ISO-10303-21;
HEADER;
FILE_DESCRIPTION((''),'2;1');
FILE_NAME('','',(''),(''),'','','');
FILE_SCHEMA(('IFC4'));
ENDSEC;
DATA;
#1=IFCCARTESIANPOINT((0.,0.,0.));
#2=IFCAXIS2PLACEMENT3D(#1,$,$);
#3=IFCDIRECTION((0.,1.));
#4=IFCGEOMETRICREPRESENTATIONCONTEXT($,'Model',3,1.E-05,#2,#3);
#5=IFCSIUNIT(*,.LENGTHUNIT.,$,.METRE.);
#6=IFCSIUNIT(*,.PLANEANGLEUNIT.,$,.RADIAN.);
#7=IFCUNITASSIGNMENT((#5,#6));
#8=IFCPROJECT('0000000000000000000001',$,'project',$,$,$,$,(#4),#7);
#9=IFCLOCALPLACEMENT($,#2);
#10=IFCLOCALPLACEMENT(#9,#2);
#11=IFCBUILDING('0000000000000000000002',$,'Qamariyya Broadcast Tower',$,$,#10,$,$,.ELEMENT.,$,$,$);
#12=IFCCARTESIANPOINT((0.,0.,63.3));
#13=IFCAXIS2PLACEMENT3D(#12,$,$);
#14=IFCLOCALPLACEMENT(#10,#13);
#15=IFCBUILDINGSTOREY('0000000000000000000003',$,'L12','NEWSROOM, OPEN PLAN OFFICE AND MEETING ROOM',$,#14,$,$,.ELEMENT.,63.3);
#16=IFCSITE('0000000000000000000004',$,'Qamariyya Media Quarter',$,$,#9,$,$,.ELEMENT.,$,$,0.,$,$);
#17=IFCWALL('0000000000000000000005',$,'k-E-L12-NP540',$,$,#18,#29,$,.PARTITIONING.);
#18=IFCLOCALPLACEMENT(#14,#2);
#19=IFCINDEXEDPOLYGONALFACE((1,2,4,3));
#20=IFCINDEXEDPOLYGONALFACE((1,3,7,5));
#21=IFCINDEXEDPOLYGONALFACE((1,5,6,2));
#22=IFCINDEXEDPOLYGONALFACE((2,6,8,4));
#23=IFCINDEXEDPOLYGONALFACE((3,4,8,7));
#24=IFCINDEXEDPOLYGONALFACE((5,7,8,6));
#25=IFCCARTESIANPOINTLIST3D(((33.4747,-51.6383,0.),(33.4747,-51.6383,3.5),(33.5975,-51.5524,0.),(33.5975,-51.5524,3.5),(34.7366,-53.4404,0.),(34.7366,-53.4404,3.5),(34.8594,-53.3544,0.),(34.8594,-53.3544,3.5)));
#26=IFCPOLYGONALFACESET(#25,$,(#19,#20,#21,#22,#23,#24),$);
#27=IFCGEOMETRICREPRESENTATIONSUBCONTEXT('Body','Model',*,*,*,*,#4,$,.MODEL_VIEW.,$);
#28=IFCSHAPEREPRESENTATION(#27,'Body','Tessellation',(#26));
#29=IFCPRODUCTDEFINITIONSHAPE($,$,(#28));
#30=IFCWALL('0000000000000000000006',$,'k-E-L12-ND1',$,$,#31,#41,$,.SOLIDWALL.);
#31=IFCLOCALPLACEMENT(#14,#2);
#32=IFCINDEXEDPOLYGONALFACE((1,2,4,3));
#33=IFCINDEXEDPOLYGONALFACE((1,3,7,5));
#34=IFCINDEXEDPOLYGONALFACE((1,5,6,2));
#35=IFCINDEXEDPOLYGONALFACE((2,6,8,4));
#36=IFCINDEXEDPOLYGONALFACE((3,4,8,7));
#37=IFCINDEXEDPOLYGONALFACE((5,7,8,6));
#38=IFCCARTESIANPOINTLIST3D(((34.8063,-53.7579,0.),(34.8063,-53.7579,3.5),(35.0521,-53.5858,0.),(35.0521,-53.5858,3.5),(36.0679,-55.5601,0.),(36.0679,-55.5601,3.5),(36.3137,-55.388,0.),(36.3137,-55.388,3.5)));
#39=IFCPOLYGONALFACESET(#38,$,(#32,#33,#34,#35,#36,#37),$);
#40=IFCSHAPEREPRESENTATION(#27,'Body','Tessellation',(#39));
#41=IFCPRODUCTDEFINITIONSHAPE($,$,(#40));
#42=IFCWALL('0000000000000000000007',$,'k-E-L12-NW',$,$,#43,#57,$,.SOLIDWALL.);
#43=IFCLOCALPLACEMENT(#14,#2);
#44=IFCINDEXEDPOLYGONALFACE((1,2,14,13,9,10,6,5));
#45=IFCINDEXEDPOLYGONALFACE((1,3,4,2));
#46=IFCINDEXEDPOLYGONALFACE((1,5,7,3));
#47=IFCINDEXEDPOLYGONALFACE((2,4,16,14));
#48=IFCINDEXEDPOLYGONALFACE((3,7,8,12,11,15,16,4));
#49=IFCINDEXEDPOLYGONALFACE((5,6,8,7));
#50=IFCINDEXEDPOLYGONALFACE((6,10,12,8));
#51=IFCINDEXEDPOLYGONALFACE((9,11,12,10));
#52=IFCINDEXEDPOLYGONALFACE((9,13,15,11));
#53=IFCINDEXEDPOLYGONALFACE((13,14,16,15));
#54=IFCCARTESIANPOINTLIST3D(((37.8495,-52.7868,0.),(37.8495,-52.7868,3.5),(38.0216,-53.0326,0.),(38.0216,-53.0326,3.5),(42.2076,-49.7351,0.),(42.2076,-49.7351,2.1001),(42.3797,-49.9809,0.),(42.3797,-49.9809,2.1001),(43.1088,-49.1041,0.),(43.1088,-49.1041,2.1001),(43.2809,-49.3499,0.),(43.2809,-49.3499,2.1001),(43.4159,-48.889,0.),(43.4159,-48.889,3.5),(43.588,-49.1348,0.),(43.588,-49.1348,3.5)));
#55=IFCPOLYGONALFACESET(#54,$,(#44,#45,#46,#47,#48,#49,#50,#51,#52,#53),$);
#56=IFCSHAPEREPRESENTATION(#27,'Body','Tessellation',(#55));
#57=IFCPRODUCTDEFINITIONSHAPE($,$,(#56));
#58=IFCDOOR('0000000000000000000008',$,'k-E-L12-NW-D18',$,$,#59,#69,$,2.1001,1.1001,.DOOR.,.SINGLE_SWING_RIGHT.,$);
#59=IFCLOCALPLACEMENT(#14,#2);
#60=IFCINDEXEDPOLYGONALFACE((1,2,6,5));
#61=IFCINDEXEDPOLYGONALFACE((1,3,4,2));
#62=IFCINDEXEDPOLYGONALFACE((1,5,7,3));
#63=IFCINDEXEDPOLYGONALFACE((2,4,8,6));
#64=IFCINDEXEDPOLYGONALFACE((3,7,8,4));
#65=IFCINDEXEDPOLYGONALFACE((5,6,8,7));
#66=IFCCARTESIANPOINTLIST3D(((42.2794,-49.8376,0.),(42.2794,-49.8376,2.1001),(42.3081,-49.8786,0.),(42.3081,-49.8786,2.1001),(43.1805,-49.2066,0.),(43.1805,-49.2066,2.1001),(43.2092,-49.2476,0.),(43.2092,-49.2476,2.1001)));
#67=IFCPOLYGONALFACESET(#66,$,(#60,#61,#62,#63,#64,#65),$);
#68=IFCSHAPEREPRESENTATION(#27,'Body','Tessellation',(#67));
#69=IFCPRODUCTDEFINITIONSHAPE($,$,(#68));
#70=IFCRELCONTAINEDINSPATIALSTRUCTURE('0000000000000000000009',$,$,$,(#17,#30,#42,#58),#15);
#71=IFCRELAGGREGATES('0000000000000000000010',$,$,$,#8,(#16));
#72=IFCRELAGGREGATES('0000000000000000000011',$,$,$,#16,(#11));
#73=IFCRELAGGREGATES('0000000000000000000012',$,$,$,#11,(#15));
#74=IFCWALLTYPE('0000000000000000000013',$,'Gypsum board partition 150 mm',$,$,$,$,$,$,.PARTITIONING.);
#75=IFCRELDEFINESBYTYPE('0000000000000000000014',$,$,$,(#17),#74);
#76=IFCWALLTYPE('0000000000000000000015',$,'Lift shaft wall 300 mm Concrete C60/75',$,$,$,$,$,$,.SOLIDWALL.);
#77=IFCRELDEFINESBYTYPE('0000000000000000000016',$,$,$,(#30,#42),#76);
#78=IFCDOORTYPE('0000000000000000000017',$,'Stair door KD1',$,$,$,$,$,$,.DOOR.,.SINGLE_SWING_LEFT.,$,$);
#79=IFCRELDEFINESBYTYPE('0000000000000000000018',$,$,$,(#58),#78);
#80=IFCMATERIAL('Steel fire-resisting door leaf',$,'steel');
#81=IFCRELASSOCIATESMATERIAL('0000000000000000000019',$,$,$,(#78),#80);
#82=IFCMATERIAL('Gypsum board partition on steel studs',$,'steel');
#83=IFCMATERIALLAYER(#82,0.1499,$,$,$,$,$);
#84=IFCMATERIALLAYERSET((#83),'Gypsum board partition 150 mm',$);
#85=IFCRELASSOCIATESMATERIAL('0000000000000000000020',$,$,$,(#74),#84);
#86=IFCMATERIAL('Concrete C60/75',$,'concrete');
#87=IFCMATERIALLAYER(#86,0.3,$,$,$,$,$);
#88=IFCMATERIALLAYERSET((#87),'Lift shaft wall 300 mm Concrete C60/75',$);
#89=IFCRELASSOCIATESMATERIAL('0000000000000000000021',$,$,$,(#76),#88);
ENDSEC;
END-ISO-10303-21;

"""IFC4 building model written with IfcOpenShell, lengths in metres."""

from ifc_helpers import new_model, si_unit, direction, frame, frame_2d, origin, place, context, subcontext, project, spatial, rectangle, extrude, material, layer, layer_set, type_object, element, fill, save


model = new_model("IFC4")

# Units and contexts
model_context = context("Model", 3, precision=1e-05, world=origin(), true_north=direction((0.0, 1.0)))
body_context = subcontext(model_context, "Body", "Model", "MODEL_VIEW")
ifc_project = project(units=[si_unit("LENGTHUNIT", "METRE"), si_unit("PLANEANGLEUNIT", "RADIAN")], contexts=[model_context])

# Site, building, storey
site_placement = place(None, origin())
site = spatial("IfcSite", under=ifc_project, at=site_placement, Name="Qamariyya Media Quarter", CompositionType="ELEMENT", RefElevation=0.0)
building_placement = place(site_placement, origin())
building = spatial("IfcBuilding", under=site, at=building_placement, Name="Qamariyya Broadcast Tower", CompositionType="ELEMENT")
storey_placement = place(building_placement, frame((0.0, 0.0, 63.3)))
storey = spatial("IfcBuildingStorey", under=building, at=storey_placement, Name="L12", Description="NEWSROOM, OPEN PLAN OFFICE AND MEETING ROOM", CompositionType="ELEMENT", Elevation=63.3)

# Shared definitions
ifc_material_1 = material(Name="Steel fire-resisting door leaf", Category="steel")
door_type_1 = type_object("IfcDoorType", Name="Stair door KD1", OperationType="SINGLE_SWING_LEFT", PredefinedType="DOOR", material=ifc_material_1)

# Walls
ifc_material_2 = material(Name="Gypsum board partition on steel studs", Category="steel")
ifc_layer_1 = layer(ifc_material_2, 0.1499)
ifc_layer_set_1 = layer_set([ifc_layer_1], Name="Gypsum board partition 150 mm")
wall_type_1 = type_object("IfcWallType", Name="Gypsum board partition 150 mm", PredefinedType="PARTITIONING", material=ifc_layer_set_1)
for number, where, z_axis, x_axis, name in (
    (1, (34.7981, -53.3975, 0.0), (0.0, 0.0, 1.0), (-0.573634, 0.819112, 0.0), "k-E-L12-NP540"),
):
    element("IfcWall", number, at=place(storey_placement, frame(where, z_axis=z_axis, x_axis=x_axis)), inside=storey, type_object=wall_type_1, Name=name, PredefinedType="PARTITIONING", context=body_context, shape_type="SweptSolid", body=[
        extrude(rectangle(XDim=2.2, YDim=0.1499, at=frame_2d((1.1001, 0.0))), origin(), (0.0, 0.0, 1.0), 3.5),
    ])
ifc_material_3 = material(Name="Concrete C60/75", Category="concrete")
ifc_layer_2 = layer(ifc_material_3, 0.3)
ifc_layer_set_2 = layer_set([ifc_layer_2], Name="Lift shaft wall 300 mm Concrete C60/75")
wall_type_2 = type_object("IfcWallType", Name="Lift shaft wall 300 mm Concrete C60/75", PredefinedType="SOLIDWALL", material=ifc_layer_set_2)
wall_1_placement = place(storey_placement, frame((36.1909, -55.4741, 0.0), z_axis=(0.0, 0.0, 1.0), x_axis=(-0.573507, 0.819201, 0.0)))
element("IfcWall", 2, at=wall_1_placement, inside=storey, type_object=wall_type_2, Name="k-E-L12-ND1", PredefinedType="SOLIDWALL", context=body_context, shape_type="SweptSolid", body=[
    extrude(rectangle(XDim=2.2, YDim=0.3, at=frame_2d((1.1001, 0.0))), origin(), (0.0, 0.0, 1.0), 3.5),
])

# Wall, opening, door
wall_2_placement = place(storey_placement, frame((37.9355, -52.9097, 0.0), z_axis=(0.0, 0.0, 1.0), x_axis=(0.819148, 0.573583, 0.0)))
wall_2 = element("IfcWall", 3, at=wall_2_placement, inside=storey, type_object=wall_type_2, Name="k-E-L12-NW", PredefinedType="SOLIDWALL", context=body_context, shape_type="SweptSolid", body=[
    extrude(rectangle(XDim=6.7954, YDim=0.3, at=frame_2d((3.3977, 0.0))), origin(), (0.0, 0.0, 1.0), 3.5),
])
opening_1_placement = place(wall_2_placement, frame((5.3203, 0.0, 0.0)))
opening_1 = element("IfcOpeningElement", 4, at=opening_1_placement, cuts=wall_2, PredefinedType="OPENING", context=body_context, shape_type="SweptSolid", body=[
    extrude(rectangle(XDim=1.1001, YDim=2.1001, at=frame_2d((0.55, 1.05))), frame((0.0, 0.1599, 0.0), z_axis=(0.0, -1.0, 0.0), x_axis=(1.0, 0.0, 0.0)), (0.0, 0.0, 1.0), 0.3201),
])
door_1_placement = place(opening_1_placement, origin())
door_1 = element("IfcDoor", 5, at=door_1_placement, inside=storey, type_object=door_type_1, Name="k-E-L12-NW-D18", OperationType="SINGLE_SWING_RIGHT", OverallHeight=2.1001, OverallWidth=1.1001, PredefinedType="DOOR", context=body_context, shape_type="SweptSolid", body=[
    extrude(rectangle(XDim=1.1001, YDim=2.1001, at=frame_2d((0.55, 1.05))), frame((0.0, 0.0249, 0.0), z_axis=(0.0, -1.0, 0.0), x_axis=(1.0, 0.0, 0.0)), (0.0, 0.0, 1.0), 0.05),
])
fill(opening_1, door_1)

save(model, "model.ifc")
